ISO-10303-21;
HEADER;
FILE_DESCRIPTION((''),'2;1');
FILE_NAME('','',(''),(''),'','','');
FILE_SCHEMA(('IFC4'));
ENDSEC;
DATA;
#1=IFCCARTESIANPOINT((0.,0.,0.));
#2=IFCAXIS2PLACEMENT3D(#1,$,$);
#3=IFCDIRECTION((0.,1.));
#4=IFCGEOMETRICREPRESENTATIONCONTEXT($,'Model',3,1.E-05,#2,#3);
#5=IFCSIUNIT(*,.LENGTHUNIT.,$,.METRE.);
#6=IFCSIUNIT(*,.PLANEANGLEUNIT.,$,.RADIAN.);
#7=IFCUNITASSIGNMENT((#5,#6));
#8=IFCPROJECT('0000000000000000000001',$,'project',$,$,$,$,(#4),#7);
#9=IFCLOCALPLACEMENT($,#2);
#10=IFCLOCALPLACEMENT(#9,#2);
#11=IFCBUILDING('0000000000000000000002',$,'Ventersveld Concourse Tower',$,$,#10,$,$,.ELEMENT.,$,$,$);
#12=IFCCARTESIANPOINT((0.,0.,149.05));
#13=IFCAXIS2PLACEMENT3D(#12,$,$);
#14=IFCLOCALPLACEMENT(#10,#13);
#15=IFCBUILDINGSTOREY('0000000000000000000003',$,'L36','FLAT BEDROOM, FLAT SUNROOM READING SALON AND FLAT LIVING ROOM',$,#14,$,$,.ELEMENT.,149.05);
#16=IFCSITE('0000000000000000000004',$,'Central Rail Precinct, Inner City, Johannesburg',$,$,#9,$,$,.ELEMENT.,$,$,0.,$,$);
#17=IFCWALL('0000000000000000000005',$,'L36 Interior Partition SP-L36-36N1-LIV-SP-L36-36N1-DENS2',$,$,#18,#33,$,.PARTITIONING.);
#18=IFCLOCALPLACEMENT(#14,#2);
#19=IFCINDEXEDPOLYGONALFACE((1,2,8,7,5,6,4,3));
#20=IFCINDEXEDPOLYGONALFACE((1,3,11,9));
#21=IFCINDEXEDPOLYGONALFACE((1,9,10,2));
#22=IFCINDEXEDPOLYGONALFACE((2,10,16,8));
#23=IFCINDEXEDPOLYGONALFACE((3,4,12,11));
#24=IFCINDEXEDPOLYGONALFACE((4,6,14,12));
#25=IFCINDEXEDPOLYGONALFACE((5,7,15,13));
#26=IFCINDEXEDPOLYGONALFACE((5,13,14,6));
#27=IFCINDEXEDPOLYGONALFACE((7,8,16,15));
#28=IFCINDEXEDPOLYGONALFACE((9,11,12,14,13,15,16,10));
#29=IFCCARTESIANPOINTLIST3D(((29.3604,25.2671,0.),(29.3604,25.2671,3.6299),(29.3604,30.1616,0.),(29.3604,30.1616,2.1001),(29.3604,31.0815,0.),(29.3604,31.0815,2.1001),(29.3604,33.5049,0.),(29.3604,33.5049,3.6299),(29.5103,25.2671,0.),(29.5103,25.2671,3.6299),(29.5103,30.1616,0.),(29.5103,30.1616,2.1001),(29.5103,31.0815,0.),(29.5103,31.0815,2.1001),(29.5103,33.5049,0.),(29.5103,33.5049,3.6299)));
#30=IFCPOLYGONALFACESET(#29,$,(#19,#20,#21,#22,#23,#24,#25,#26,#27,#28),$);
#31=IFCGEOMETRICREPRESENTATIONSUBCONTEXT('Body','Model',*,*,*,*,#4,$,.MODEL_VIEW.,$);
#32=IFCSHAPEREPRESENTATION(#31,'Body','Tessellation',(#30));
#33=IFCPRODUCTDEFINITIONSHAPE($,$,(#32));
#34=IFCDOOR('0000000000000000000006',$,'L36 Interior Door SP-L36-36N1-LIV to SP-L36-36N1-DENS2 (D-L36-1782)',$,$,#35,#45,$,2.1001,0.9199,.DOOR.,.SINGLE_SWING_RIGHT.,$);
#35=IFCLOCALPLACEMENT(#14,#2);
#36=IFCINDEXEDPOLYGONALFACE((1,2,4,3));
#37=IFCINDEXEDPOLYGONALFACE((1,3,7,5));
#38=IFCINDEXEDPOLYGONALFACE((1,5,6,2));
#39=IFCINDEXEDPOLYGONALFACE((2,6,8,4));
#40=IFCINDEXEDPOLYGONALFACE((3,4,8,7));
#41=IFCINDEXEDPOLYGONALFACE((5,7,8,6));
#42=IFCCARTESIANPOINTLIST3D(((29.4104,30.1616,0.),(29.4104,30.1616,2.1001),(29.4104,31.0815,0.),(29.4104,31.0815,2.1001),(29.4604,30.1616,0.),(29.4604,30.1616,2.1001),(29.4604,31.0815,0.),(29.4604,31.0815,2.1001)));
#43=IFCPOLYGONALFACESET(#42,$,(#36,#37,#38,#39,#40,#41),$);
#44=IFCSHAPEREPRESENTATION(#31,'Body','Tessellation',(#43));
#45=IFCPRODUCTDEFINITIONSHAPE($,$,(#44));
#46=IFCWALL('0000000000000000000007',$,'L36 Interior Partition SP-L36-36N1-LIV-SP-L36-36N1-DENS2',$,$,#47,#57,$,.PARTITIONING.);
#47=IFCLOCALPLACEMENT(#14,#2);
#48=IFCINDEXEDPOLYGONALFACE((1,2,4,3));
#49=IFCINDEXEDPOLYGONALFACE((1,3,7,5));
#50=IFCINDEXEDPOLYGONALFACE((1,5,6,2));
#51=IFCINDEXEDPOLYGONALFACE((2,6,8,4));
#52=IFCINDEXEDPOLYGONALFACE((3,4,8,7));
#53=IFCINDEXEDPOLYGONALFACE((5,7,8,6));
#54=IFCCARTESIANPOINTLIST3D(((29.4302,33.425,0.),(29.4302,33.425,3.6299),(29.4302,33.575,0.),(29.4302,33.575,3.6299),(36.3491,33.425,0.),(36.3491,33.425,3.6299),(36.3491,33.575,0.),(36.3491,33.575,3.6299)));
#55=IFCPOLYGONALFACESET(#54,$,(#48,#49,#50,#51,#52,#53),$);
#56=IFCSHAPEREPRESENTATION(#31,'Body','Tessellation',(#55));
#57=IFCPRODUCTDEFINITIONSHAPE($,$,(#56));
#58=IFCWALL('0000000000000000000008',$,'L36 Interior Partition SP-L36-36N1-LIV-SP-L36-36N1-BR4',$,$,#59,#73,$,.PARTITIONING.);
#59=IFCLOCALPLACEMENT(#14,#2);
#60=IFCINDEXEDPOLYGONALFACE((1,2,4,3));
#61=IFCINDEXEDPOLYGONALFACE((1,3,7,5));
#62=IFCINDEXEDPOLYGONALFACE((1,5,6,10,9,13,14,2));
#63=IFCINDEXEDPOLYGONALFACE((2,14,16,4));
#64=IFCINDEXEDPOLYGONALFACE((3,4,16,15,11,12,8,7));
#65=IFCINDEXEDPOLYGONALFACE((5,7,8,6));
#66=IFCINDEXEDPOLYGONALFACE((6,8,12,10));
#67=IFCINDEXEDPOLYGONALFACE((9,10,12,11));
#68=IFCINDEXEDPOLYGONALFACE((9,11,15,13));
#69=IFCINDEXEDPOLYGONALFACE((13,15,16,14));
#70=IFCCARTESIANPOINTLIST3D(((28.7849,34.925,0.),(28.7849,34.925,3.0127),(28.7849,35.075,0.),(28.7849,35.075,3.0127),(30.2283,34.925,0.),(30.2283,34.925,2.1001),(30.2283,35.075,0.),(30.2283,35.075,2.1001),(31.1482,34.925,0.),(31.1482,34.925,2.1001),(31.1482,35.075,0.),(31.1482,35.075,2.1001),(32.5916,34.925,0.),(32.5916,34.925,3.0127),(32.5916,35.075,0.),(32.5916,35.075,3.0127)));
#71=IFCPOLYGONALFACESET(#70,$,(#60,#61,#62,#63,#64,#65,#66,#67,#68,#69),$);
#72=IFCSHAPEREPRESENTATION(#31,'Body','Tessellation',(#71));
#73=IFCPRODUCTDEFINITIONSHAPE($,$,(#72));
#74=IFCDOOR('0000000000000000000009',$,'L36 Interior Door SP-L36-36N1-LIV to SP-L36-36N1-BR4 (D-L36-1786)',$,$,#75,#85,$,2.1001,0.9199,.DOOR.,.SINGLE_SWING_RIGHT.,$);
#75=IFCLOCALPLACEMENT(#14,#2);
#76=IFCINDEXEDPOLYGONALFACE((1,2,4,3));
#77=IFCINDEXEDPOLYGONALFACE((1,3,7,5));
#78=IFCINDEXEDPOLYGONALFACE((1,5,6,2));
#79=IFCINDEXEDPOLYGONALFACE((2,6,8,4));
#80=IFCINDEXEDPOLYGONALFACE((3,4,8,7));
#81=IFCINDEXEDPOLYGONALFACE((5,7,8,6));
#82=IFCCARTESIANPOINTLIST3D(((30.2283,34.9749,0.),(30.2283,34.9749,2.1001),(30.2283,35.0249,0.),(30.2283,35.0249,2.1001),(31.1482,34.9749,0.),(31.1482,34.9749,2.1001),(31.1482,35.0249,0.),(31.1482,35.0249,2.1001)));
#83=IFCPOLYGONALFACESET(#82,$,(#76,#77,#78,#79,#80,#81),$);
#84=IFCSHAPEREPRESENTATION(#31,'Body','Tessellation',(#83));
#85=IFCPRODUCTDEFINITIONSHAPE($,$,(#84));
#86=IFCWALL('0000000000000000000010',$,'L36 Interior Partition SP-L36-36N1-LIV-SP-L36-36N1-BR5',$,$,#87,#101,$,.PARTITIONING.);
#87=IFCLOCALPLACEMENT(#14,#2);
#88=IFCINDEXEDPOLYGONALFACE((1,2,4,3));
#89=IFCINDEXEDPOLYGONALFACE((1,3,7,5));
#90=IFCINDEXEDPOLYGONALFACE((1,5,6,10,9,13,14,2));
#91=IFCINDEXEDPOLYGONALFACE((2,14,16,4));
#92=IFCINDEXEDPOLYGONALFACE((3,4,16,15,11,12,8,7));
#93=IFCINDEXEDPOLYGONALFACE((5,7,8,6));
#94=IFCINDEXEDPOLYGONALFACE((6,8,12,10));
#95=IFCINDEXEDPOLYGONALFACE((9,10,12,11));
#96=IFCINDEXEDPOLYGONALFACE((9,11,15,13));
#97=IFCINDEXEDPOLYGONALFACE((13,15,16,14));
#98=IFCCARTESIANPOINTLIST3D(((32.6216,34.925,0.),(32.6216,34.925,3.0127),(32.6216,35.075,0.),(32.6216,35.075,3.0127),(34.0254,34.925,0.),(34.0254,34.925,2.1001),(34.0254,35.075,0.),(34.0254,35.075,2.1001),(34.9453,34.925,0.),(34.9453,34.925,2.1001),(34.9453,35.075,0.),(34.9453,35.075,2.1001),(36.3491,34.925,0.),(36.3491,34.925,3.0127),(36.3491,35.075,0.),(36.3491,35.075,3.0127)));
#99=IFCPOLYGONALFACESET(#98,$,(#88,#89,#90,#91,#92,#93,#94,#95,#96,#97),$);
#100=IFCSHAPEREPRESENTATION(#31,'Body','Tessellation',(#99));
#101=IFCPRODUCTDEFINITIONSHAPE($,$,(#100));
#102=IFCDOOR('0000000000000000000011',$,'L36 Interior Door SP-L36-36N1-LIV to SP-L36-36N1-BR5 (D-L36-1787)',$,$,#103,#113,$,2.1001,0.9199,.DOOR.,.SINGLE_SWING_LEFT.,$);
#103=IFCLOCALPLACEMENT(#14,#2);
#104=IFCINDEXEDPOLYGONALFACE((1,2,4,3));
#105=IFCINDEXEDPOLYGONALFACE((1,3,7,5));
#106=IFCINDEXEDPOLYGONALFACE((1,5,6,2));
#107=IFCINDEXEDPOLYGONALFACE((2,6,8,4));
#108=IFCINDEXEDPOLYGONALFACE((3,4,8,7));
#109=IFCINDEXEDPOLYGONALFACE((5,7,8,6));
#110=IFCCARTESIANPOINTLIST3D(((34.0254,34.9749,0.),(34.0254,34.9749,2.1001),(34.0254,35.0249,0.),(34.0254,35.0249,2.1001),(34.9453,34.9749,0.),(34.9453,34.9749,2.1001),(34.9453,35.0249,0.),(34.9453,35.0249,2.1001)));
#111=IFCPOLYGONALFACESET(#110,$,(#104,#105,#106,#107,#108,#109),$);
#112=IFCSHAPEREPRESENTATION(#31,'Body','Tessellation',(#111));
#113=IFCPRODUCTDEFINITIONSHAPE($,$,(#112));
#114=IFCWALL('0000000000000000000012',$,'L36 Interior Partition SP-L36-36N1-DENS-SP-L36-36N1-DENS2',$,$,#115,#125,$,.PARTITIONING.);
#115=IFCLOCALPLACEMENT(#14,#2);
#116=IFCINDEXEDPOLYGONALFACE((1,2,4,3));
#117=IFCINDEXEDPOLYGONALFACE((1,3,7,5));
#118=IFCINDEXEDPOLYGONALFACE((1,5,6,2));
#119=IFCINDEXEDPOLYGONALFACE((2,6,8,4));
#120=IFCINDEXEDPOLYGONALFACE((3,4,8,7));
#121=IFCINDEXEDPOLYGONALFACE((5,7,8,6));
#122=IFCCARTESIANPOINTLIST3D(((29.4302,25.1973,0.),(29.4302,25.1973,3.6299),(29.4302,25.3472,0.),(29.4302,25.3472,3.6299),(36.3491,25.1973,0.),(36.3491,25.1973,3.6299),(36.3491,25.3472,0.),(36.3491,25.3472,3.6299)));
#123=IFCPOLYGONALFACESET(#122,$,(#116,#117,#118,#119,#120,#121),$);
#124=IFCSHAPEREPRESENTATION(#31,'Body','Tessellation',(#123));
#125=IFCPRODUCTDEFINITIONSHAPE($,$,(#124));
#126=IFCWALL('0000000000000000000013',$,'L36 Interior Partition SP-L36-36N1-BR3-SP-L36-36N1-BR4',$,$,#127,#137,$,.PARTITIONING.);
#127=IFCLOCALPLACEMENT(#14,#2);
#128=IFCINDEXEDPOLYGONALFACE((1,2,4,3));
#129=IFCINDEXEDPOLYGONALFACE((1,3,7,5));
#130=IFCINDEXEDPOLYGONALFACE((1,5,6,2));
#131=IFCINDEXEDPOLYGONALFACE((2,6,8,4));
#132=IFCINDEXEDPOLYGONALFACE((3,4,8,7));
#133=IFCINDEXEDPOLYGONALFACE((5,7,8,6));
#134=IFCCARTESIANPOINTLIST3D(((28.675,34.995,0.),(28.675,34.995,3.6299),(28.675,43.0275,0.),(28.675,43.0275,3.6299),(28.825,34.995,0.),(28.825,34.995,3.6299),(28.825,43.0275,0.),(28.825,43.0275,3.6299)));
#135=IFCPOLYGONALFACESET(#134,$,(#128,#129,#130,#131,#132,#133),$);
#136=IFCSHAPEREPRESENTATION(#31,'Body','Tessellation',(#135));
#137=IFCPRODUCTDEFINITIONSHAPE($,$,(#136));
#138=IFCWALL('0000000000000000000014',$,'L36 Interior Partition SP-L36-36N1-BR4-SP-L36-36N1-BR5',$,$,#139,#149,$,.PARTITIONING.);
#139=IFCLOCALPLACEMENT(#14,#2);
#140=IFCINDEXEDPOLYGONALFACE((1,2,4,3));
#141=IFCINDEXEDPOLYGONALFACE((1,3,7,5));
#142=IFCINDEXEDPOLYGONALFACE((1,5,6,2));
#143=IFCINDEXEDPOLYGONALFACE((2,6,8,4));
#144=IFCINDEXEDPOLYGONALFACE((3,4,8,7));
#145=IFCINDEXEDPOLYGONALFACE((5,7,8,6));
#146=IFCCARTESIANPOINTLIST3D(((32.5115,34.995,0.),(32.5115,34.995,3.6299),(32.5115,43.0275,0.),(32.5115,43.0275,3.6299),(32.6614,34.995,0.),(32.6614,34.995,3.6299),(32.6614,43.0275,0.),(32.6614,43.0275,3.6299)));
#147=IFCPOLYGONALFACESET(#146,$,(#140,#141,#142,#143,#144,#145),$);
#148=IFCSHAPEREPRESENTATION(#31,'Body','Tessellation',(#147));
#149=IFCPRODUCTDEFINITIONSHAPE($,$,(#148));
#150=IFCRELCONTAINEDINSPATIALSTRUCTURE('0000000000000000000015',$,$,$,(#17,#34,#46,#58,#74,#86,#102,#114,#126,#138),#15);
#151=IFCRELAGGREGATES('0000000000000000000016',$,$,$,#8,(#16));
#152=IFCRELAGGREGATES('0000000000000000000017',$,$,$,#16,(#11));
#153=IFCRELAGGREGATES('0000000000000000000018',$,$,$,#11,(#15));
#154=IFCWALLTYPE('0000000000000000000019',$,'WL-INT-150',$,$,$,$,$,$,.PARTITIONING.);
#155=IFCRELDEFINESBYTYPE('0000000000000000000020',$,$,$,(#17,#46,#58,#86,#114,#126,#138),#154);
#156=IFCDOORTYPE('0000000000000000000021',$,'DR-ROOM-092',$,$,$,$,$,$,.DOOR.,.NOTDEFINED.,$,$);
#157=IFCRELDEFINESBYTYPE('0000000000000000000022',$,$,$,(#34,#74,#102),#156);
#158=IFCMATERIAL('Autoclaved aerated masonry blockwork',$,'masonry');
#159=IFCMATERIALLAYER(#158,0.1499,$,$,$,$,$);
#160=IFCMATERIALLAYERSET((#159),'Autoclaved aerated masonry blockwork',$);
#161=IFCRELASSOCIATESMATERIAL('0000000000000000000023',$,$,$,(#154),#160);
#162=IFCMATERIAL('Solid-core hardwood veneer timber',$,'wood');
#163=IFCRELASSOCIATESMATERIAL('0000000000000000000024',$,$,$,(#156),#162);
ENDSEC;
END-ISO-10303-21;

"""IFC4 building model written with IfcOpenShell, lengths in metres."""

from ifc_helpers import new_model, si_unit, direction, frame, frame_2d, origin, place, context, subcontext, project, spatial, rectangle, extrude, material, layer, layer_set, type_object, element, fill, save


model = new_model("IFC4")

# Units and contexts
model_context = context("Model", 3, precision=1e-05, world=origin(), true_north=direction((0.0, 1.0)))
body_context = subcontext(model_context, "Body", "Model", "MODEL_VIEW")
ifc_project = project(units=[si_unit("LENGTHUNIT", "METRE"), si_unit("PLANEANGLEUNIT", "RADIAN")], contexts=[model_context])

# Site, building, storey
site_placement = place(None, origin())
site = spatial("IfcSite", under=ifc_project, at=site_placement, Name="Central Rail Precinct, Inner City, Johannesburg", CompositionType="ELEMENT", RefElevation=0.0)
building_placement = place(site_placement, origin())
building = spatial("IfcBuilding", under=site, at=building_placement, Name="Ventersveld Concourse Tower", CompositionType="ELEMENT")
storey_placement = place(building_placement, frame((0.0, 0.0, 149.05)))
storey = spatial("IfcBuildingStorey", under=building, at=storey_placement, Name="L36", Description="FLAT BEDROOM, FLAT SUNROOM READING SALON AND FLAT LIVING ROOM", CompositionType="ELEMENT", Elevation=149.05)

# Wall, opening, door
ifc_material_1 = material(Name="Autoclaved aerated masonry blockwork", Category="masonry")
ifc_layer_1 = layer(ifc_material_1, 0.1499)
ifc_layer_set_1 = layer_set([ifc_layer_1], Name="Autoclaved aerated masonry blockwork")
wall_type_1 = type_object("IfcWallType", Name="WL-INT-150", PredefinedType="PARTITIONING", material=ifc_layer_set_1)
wall_1_placement = place(storey_placement, frame((29.4353, 25.2671, 0.0), z_axis=(0.0, 0.0, 1.0), x_axis=(0.0, 1.0, 0.0)))
wall_1 = element("IfcWall", 1, at=wall_1_placement, inside=storey, type_object=wall_type_1, Name="L36 Interior Partition SP-L36-36N1-LIV-SP-L36-36N1-DENS2", PredefinedType="PARTITIONING", context=body_context, shape_type="SweptSolid", body=[
    extrude(rectangle(XDim=8.2378, YDim=0.1499, at=frame_2d((4.1189, 0.0))), origin(), (0.0, 0.0, 1.0), 3.6299),
])
opening_1_placement = place(wall_1_placement, frame((4.8945, 0.0, 0.0)))
opening_1 = element("IfcOpeningElement", 2, at=opening_1_placement, cuts=wall_1, PredefinedType="OPENING", context=body_context, shape_type="SweptSolid", body=[
    extrude(rectangle(XDim=0.9199, YDim=2.1001, at=frame_2d((0.46, 1.05))), frame((0.0, 0.085, 0.0), z_axis=(0.0, -1.0, 0.0), x_axis=(1.0, 0.0, 0.0)), (0.0, 0.0, 1.0), 0.1699),
])
ifc_material_2 = material(Name="Solid-core hardwood veneer timber", Category="wood")
door_type = type_object("IfcDoorType", Name="DR-ROOM-092", OperationType="NOTDEFINED", PredefinedType="DOOR", material=ifc_material_2)
door_1_placement = place(opening_1_placement, origin())
door_1 = element("IfcDoor", 3, at=door_1_placement, inside=storey, type_object=door_type, Name="L36 Interior Door SP-L36-36N1-LIV to SP-L36-36N1-DENS2 (D-L36-1782)", OperationType="SINGLE_SWING_RIGHT", OverallHeight=2.1001, OverallWidth=0.9199, PredefinedType="DOOR", context=body_context, shape_type="SweptSolid", body=[
    extrude(rectangle(XDim=0.9199, YDim=2.1001, at=frame_2d((0.46, 1.05))), frame((0.0, 0.0249, 0.0), z_axis=(0.0, -1.0, 0.0), x_axis=(1.0, 0.0, 0.0)), (0.0, 0.0, 1.0), 0.05),
])
fill(opening_1, door_1)

# Wall
wall_2_placement = place(storey_placement, frame((29.4302, 33.5, 0.0), z_axis=(0.0, 0.0, 1.0), x_axis=(1.0, 0.0, 0.0)))
element("IfcWall", 4, at=wall_2_placement, inside=storey, type_object=wall_type_1, Name="L36 Interior Partition SP-L36-36N1-LIV-SP-L36-36N1-DENS2", PredefinedType="PARTITIONING", context=body_context, shape_type="SweptSolid", body=[
    extrude(rectangle(XDim=6.9189, YDim=0.1499, at=frame_2d((3.4595, 0.0))), origin(), (0.0, 0.0, 1.0), 3.6299),
])

# Walls, openings, doors
wall_3_placement = place(storey_placement, frame((28.7849, 35.0, 0.0), z_axis=(0.0, 0.0, 1.0), x_axis=(1.0, 0.0, 0.0)))
wall_3 = element("IfcWall", 5, at=wall_3_placement, inside=storey, type_object=wall_type_1, Name="L36 Interior Partition SP-L36-36N1-LIV-SP-L36-36N1-BR4", PredefinedType="PARTITIONING", context=body_context, shape_type="SweptSolid", body=[
    extrude(rectangle(XDim=3.8066, YDim=0.1499, at=frame_2d((1.9033, 0.0))), origin(), (0.0, 0.0, 1.0), 3.0127),
])
opening_2_placement = place(wall_3_placement, frame((1.4434, 0.0, 0.0)))
opening_2 = element("IfcOpeningElement", 6, at=opening_2_placement, cuts=wall_3, PredefinedType="OPENING", context=body_context, shape_type="SweptSolid", body=[
    extrude(rectangle(XDim=0.9199, YDim=2.1001, at=frame_2d((0.46, 1.05))), frame((0.0, 0.085, 0.0), z_axis=(0.0, -1.0, 0.0), x_axis=(1.0, 0.0, 0.0)), (0.0, 0.0, 1.0), 0.1699),
])
door_2_placement = place(opening_2_placement, origin())
door_2 = element("IfcDoor", 7, at=door_2_placement, inside=storey, type_object=door_type, Name="L36 Interior Door SP-L36-36N1-LIV to SP-L36-36N1-BR4 (D-L36-1786)", OperationType="SINGLE_SWING_RIGHT", OverallHeight=2.1001, OverallWidth=0.9199, PredefinedType="DOOR", context=body_context, shape_type="SweptSolid", body=[
    extrude(rectangle(XDim=0.9199, YDim=2.1001, at=frame_2d((0.46, 1.05))), frame((0.0, 0.0249, 0.0), z_axis=(0.0, -1.0, 0.0), x_axis=(1.0, 0.0, 0.0)), (0.0, 0.0, 1.0), 0.05),
])
fill(opening_2, door_2)
wall_4_placement = place(storey_placement, frame((32.6216, 35.0, 0.0), z_axis=(0.0, 0.0, 1.0), x_axis=(1.0, 0.0, 0.0)))
wall_4 = element("IfcWall", 8, at=wall_4_placement, inside=storey, type_object=wall_type_1, Name="L36 Interior Partition SP-L36-36N1-LIV-SP-L36-36N1-BR5", PredefinedType="PARTITIONING", context=body_context, shape_type="SweptSolid", body=[
    extrude(rectangle(XDim=3.7275, YDim=0.1499, at=frame_2d((1.8638, 0.0))), origin(), (0.0, 0.0, 1.0), 3.0127),
])
opening_3_placement = place(wall_4_placement, frame((1.4038, 0.0, 0.0)))
opening_3 = element("IfcOpeningElement", 9, at=opening_3_placement, cuts=wall_4, PredefinedType="OPENING", context=body_context, shape_type="SweptSolid", body=[
    extrude(rectangle(XDim=0.9199, YDim=2.1001, at=frame_2d((0.46, 1.05))), frame((0.0, 0.085, 0.0), z_axis=(0.0, -1.0, 0.0), x_axis=(1.0, 0.0, 0.0)), (0.0, 0.0, 1.0), 0.1699),
])
door_3_placement = place(opening_3_placement, origin())
door_3 = element("IfcDoor", 10, at=door_3_placement, inside=storey, type_object=door_type, Name="L36 Interior Door SP-L36-36N1-LIV to SP-L36-36N1-BR5 (D-L36-1787)", OperationType="SINGLE_SWING_LEFT", OverallHeight=2.1001, OverallWidth=0.9199, PredefinedType="DOOR", context=body_context, shape_type="SweptSolid", body=[
    extrude(rectangle(XDim=0.9199, YDim=2.1001, at=frame_2d((0.46, 1.05))), frame((0.0, 0.0249, 0.0), z_axis=(0.0, -1.0, 0.0), x_axis=(1.0, 0.0, 0.0)), (0.0, 0.0, 1.0), 0.05),
])
fill(opening_3, door_3)

# Walls
wall_5_placement = place(storey_placement, frame((29.4302, 25.2722, 0.0), z_axis=(0.0, 0.0, 1.0), x_axis=(1.0, 0.0, 0.0)))
element("IfcWall", 11, at=wall_5_placement, inside=storey, type_object=wall_type_1, Name="L36 Interior Partition SP-L36-36N1-DENS-SP-L36-36N1-DENS2", PredefinedType="PARTITIONING", context=body_context, shape_type="SweptSolid", body=[
    extrude(rectangle(XDim=6.9189, YDim=0.1499, at=frame_2d((3.4595, 0.0))), origin(), (0.0, 0.0, 1.0), 3.6299),
])
for number, where, z_axis, x_axis, name in (
    (12, (28.75, 34.9951, 0.0), (0.0, 0.0, 1.0), (0.0, 1.0, 0.0), "L36 Interior Partition SP-L36-36N1-BR3-SP-L36-36N1-BR4"),
    (13, (32.5864, 34.9951, 0.0), (0.0, 0.0, 1.0), (0.0, 1.0, 0.0), "L36 Interior Partition SP-L36-36N1-BR4-SP-L36-36N1-BR5"),
):
    element("IfcWall", number, at=place(storey_placement, frame(where, z_axis=z_axis, x_axis=x_axis)), inside=storey, type_object=wall_type_1, Name=name, PredefinedType="PARTITIONING", context=body_context, shape_type="SweptSolid", body=[
        extrude(rectangle(XDim=8.0325, YDim=0.1499, at=frame_2d((4.0161, 0.0))), origin(), (0.0, 0.0, 1.0), 3.6299),
    ])

save(model, "model.ifc")
